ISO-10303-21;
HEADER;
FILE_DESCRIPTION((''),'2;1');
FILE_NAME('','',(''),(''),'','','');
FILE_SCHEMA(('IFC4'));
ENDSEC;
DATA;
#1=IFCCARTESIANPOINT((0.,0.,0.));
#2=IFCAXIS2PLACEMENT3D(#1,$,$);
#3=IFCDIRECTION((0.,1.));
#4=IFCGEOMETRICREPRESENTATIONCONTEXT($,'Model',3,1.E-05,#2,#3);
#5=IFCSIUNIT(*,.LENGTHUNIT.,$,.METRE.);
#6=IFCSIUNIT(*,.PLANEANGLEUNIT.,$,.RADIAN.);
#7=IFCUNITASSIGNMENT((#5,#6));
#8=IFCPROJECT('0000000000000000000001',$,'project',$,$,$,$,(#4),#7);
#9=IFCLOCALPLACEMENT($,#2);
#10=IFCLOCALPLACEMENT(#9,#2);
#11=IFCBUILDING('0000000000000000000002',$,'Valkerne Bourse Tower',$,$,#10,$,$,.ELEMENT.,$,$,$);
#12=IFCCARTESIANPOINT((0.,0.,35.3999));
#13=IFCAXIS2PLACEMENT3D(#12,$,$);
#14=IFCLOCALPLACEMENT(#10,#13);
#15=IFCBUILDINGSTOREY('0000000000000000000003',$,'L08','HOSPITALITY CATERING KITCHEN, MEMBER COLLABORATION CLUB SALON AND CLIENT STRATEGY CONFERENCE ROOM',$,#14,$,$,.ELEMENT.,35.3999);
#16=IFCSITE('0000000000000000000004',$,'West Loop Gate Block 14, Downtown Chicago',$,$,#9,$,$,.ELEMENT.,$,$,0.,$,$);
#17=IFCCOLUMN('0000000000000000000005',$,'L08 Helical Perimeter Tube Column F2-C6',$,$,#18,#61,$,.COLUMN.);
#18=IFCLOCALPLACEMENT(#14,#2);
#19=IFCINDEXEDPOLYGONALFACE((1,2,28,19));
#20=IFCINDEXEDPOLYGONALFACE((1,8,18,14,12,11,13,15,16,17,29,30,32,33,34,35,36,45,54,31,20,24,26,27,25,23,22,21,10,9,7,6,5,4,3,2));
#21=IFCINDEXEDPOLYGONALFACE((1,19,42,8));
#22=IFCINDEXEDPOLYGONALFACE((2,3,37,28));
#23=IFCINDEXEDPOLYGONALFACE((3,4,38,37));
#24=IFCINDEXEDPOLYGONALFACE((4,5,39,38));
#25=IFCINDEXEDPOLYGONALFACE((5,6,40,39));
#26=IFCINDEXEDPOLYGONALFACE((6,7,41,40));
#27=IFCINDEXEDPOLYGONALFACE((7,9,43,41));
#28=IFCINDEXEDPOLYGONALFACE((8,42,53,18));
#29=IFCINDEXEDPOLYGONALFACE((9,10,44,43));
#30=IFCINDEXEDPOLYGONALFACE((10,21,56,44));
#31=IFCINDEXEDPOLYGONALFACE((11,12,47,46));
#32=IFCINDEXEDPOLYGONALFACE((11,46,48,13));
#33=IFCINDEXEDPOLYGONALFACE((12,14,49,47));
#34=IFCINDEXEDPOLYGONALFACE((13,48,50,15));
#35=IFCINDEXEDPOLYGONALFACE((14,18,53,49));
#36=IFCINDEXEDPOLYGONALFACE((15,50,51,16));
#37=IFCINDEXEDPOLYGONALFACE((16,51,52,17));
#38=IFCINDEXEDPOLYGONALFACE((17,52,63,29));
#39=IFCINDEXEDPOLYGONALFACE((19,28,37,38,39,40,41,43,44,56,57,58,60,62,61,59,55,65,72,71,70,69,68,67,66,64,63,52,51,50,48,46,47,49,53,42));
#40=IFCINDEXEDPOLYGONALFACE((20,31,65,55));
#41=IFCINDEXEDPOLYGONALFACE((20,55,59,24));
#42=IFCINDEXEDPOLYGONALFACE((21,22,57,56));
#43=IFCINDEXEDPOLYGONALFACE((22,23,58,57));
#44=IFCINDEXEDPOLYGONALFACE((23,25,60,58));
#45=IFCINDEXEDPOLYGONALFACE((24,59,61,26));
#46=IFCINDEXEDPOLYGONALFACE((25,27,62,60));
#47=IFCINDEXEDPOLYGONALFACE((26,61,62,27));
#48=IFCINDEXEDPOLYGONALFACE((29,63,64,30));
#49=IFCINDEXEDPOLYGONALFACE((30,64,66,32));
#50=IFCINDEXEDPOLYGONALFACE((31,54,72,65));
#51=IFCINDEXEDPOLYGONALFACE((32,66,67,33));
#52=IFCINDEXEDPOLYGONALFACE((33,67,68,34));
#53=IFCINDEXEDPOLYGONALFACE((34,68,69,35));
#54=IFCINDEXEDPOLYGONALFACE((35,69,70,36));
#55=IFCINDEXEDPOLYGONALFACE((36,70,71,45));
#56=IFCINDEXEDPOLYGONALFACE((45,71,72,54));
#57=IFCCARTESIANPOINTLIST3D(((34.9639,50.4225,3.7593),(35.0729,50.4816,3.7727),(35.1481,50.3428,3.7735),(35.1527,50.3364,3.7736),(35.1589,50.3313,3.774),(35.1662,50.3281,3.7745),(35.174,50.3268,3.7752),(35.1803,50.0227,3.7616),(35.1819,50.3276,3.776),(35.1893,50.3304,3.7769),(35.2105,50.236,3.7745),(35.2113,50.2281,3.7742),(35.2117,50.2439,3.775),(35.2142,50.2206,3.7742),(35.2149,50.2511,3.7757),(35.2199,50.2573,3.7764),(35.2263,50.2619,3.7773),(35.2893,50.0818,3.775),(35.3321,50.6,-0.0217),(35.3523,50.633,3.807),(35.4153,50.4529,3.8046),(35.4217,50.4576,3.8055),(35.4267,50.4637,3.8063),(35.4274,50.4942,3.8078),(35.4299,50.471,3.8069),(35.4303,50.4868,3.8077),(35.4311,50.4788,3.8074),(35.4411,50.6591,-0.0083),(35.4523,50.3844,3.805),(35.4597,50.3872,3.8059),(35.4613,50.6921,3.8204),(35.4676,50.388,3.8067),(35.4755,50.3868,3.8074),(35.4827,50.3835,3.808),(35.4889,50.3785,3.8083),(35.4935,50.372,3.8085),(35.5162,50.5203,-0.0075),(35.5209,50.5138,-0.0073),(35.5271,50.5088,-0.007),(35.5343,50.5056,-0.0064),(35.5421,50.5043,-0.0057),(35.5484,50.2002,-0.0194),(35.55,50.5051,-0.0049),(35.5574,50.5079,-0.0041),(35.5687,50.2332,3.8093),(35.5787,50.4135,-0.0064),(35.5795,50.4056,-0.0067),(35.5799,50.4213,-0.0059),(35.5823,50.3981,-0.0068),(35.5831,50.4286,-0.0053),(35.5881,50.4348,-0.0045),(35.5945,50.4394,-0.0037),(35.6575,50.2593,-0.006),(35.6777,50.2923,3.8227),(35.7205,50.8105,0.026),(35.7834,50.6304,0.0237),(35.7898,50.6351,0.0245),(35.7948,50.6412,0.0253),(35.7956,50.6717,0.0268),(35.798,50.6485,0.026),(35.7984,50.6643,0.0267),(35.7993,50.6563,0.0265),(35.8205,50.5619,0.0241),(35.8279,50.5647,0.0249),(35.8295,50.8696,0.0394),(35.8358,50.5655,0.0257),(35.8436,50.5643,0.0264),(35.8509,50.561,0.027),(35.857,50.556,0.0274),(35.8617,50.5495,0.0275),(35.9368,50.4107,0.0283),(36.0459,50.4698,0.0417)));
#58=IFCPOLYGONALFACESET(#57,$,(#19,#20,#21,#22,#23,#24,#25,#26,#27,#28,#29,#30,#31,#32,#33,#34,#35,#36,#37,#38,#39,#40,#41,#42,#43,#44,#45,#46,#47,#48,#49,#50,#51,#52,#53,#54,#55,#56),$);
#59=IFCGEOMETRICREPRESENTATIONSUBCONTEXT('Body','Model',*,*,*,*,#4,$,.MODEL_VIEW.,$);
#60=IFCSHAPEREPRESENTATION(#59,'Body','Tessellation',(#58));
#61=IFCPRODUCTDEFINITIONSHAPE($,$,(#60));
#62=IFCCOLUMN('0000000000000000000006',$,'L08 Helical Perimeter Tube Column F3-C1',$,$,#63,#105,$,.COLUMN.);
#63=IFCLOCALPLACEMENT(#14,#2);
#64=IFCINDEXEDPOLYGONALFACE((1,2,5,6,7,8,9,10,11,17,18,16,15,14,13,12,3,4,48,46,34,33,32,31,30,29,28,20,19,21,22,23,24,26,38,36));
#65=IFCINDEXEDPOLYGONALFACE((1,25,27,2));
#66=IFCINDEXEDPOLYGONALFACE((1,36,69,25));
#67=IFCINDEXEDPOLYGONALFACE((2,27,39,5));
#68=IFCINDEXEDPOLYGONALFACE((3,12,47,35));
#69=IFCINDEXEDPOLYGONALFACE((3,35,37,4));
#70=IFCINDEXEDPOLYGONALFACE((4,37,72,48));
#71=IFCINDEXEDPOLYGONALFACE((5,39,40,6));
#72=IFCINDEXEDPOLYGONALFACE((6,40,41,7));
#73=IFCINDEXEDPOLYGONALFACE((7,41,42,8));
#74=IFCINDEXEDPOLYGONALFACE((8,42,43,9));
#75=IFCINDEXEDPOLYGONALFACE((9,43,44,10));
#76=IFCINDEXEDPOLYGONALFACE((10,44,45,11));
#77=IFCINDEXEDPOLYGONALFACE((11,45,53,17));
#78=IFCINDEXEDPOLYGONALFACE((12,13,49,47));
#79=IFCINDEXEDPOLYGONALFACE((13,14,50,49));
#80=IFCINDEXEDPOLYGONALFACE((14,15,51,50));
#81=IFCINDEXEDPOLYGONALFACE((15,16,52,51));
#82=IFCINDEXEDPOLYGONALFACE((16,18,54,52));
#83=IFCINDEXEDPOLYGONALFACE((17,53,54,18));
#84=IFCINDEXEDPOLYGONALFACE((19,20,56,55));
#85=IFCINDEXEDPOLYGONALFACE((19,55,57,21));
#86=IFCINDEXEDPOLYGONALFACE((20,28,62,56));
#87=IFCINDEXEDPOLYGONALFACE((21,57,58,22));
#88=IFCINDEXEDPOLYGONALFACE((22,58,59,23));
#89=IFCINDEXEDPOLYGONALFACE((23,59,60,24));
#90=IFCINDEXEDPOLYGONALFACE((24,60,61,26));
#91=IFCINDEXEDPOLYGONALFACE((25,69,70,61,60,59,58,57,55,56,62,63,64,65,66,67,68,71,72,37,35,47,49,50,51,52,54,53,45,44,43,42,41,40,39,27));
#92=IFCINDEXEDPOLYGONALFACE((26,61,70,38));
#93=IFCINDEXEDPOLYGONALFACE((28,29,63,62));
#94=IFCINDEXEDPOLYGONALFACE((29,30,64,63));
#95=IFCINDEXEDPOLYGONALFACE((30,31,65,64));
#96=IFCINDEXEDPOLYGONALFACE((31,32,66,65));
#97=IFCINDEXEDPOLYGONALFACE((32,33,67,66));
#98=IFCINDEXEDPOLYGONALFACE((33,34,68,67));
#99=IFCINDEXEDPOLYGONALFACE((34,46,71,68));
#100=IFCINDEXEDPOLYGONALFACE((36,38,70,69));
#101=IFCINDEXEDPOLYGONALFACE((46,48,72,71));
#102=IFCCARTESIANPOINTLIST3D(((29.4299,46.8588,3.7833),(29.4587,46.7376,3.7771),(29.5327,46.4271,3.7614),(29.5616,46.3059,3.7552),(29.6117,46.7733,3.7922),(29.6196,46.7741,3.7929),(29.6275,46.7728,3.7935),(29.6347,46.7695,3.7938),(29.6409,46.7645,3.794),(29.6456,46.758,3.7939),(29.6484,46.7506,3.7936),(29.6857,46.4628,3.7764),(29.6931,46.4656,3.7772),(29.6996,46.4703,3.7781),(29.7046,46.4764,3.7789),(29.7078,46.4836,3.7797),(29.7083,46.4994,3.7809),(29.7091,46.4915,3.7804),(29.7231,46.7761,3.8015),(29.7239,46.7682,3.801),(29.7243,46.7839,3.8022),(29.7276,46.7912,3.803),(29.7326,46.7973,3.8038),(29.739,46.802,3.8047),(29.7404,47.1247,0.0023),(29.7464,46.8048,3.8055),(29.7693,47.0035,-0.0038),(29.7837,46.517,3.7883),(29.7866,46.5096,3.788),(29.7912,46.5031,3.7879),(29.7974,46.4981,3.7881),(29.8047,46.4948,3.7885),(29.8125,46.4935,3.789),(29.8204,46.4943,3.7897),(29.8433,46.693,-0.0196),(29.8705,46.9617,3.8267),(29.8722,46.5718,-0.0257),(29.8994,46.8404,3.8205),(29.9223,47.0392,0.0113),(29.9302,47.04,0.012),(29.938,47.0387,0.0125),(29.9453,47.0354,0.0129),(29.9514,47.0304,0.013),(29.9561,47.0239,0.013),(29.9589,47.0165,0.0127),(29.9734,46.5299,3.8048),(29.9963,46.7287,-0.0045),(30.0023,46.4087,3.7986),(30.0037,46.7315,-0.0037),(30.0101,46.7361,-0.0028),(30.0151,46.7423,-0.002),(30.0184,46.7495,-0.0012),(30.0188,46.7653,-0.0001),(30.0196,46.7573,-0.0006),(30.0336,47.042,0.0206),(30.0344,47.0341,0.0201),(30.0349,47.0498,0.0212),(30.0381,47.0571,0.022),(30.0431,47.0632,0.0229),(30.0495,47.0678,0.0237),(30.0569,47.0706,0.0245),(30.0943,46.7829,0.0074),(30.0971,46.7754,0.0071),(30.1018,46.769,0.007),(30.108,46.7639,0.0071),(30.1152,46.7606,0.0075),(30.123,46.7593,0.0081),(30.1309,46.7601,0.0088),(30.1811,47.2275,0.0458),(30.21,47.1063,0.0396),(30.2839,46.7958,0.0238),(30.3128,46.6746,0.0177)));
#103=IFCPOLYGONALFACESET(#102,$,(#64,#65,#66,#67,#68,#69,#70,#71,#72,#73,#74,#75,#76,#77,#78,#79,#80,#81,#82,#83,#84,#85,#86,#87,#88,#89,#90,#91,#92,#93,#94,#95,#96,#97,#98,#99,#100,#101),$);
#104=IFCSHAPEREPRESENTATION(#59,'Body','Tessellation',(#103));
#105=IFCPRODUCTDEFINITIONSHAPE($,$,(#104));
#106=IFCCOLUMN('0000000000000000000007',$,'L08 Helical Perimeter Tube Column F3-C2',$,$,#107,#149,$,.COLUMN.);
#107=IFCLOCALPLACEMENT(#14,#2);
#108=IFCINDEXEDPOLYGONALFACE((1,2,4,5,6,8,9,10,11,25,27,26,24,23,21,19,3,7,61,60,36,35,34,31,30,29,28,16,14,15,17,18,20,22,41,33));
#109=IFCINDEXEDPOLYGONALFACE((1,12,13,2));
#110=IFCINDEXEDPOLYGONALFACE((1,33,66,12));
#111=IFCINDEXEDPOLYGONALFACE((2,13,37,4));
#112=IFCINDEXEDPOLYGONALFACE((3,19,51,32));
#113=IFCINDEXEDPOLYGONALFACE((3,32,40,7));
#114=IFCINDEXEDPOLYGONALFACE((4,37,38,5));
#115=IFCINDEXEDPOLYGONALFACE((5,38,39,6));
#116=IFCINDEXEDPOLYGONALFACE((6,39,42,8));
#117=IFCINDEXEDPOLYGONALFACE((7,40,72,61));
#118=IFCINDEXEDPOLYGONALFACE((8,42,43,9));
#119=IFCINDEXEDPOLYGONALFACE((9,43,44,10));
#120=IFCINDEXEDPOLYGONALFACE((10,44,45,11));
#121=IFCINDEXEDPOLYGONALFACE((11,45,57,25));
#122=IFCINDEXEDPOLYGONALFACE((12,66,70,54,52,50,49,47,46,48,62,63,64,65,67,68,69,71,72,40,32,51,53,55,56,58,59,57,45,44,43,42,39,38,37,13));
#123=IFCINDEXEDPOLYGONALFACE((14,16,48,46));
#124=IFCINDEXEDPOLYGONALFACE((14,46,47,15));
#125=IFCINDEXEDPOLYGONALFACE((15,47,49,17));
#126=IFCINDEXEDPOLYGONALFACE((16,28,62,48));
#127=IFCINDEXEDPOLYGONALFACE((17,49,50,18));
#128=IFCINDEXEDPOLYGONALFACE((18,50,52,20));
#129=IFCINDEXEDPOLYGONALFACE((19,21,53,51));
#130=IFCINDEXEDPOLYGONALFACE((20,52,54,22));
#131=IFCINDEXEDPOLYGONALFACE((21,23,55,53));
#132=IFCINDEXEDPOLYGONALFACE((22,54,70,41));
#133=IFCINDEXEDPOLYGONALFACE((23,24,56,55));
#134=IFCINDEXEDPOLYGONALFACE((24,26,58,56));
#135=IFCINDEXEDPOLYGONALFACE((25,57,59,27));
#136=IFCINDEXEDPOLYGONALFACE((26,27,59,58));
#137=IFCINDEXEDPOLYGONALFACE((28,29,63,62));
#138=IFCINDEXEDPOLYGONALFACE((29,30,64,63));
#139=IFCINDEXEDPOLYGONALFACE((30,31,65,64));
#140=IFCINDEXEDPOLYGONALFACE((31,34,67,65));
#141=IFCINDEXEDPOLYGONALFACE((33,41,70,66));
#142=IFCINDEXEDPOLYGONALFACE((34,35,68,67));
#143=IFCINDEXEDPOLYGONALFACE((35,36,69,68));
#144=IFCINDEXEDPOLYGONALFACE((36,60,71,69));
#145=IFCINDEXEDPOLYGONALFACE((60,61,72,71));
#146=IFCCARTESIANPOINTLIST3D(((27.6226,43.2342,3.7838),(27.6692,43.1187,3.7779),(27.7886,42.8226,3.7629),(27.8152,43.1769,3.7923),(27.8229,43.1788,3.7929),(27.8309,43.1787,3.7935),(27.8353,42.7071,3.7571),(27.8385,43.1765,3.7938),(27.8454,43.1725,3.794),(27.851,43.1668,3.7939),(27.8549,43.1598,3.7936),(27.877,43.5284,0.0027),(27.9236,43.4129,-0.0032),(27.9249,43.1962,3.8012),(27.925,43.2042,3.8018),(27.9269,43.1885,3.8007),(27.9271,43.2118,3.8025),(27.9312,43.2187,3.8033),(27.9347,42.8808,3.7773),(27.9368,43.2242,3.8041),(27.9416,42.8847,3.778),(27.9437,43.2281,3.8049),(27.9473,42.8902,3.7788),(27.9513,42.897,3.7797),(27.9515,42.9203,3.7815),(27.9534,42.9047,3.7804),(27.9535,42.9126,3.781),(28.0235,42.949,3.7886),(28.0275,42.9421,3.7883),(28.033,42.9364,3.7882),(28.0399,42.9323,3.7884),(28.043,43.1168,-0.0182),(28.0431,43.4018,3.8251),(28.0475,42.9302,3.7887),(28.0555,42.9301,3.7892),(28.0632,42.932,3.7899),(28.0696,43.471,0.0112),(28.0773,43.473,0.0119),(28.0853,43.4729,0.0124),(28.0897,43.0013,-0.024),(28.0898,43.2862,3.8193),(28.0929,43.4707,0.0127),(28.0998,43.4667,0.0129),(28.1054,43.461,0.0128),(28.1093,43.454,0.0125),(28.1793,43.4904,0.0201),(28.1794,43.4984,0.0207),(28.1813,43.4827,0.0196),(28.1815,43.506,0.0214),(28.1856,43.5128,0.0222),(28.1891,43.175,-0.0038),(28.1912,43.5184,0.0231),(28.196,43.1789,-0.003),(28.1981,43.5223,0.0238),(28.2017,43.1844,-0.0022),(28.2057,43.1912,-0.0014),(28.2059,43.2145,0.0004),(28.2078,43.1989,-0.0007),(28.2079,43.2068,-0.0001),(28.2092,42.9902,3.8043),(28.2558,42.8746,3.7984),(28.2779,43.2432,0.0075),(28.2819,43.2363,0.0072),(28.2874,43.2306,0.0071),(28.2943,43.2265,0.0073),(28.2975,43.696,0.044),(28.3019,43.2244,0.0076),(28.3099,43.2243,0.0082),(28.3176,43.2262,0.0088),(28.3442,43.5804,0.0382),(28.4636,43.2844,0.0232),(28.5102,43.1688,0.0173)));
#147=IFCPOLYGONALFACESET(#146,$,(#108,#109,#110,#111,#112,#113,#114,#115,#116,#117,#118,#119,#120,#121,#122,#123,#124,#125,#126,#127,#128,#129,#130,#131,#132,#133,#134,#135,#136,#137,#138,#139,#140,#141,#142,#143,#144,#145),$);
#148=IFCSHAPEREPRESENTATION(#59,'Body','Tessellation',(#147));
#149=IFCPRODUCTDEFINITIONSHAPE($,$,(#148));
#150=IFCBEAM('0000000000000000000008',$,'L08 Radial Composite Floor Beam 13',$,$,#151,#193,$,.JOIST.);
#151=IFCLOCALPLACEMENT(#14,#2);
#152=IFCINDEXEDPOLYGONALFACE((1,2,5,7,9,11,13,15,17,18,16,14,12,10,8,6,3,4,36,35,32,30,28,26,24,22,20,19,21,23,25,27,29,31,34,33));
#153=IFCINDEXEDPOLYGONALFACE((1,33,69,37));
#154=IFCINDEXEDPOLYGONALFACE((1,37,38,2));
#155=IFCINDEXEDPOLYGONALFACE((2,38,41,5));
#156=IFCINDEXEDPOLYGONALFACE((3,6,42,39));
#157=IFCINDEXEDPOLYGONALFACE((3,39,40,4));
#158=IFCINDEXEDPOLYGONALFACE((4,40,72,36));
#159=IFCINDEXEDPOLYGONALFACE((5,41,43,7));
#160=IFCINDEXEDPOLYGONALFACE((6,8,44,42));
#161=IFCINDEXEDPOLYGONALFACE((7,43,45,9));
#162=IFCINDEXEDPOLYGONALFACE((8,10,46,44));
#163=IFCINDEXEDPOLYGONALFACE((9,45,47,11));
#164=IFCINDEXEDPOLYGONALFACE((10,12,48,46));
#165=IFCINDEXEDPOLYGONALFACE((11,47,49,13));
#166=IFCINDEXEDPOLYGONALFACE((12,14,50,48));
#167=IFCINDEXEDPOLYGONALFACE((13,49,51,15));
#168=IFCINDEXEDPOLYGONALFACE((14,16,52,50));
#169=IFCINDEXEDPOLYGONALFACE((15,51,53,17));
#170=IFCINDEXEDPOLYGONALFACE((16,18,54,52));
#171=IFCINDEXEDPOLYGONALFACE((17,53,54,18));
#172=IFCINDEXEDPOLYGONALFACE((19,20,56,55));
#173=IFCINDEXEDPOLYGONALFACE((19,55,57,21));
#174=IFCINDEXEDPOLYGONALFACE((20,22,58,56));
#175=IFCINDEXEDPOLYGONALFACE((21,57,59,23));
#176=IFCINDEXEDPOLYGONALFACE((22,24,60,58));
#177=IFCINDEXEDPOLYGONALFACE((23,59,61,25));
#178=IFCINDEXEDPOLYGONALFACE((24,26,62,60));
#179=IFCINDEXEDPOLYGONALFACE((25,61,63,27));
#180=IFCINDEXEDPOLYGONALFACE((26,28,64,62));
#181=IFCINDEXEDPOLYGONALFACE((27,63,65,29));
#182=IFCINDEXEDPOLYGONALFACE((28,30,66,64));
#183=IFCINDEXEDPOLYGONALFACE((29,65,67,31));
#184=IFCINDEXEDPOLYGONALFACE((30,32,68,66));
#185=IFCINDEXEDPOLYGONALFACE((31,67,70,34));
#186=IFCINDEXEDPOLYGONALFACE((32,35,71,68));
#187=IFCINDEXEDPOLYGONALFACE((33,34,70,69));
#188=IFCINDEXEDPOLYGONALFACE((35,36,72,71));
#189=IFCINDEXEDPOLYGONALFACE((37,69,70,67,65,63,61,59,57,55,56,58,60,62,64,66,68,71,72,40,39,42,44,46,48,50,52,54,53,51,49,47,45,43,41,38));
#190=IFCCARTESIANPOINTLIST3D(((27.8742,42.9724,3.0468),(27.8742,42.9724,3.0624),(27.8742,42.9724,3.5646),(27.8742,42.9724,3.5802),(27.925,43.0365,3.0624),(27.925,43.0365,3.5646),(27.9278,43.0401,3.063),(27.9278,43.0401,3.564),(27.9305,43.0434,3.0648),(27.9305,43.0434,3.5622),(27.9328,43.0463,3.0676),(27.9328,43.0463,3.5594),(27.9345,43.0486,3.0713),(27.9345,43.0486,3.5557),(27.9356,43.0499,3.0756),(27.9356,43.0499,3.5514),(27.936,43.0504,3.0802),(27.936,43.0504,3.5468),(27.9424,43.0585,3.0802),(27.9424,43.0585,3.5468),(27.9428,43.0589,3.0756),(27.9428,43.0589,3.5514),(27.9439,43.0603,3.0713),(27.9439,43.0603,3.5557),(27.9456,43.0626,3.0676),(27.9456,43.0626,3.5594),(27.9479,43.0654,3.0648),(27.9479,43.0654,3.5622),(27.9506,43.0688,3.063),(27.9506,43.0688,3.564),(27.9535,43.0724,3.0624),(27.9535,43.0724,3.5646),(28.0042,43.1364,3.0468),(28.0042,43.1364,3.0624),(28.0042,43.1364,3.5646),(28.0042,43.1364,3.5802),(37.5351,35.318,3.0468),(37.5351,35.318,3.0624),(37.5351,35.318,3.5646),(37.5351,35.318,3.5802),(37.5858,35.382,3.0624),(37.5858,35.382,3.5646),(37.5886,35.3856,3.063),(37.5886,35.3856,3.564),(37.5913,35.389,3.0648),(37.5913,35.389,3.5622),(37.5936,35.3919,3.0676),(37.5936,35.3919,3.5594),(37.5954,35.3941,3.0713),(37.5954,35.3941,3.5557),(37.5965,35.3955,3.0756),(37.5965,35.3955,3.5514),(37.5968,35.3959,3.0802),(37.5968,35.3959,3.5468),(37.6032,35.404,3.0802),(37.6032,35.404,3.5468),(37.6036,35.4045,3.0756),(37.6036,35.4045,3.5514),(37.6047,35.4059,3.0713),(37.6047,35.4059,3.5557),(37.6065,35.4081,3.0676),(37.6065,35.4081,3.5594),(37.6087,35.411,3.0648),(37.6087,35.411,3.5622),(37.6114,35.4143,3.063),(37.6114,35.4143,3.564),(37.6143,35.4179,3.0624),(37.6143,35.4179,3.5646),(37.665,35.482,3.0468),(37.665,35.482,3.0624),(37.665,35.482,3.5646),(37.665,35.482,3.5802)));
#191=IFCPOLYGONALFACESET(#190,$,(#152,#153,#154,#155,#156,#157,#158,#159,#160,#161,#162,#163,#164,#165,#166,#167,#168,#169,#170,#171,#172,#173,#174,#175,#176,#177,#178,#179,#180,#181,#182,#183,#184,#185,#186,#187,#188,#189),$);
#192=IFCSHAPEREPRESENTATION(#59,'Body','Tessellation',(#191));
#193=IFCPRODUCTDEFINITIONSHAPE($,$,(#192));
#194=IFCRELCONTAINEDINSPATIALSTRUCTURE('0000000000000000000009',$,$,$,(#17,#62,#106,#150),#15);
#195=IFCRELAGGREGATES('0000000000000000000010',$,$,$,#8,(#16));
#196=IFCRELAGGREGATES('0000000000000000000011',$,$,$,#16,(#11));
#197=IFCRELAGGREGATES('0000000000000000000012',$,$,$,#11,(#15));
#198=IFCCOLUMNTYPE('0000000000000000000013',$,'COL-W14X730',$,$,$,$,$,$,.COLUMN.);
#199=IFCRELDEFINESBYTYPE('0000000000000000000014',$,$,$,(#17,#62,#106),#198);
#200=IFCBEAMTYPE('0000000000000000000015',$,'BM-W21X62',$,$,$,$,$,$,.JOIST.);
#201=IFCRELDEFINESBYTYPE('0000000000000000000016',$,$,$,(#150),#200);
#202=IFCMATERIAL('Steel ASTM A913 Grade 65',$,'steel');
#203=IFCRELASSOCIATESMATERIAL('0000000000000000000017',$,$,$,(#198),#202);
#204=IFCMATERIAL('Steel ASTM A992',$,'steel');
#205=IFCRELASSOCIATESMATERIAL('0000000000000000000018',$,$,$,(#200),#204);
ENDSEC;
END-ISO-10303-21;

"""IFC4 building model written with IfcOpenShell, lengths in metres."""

from ifc_helpers import new_model, si_unit, direction, frame, origin, origin_2d, place, context, subcontext, project, spatial, i_section, extrude, material, material_profile, profile_set, type_object, element, save


model = new_model("IFC4")

# Units and contexts
model_context = context("Model", 3, precision=1e-05, world=origin(), true_north=direction((0.0, 1.0)))
body_context = subcontext(model_context, "Body", "Model", "MODEL_VIEW")
ifc_project = project(units=[si_unit("LENGTHUNIT", "METRE"), si_unit("PLANEANGLEUNIT", "RADIAN")], contexts=[model_context])

# Site, building, storey
site_placement = place(None, origin())
site = spatial("IfcSite", under=ifc_project, at=site_placement, Name="West Loop Gate Block 14, Downtown Chicago", CompositionType="ELEMENT", RefElevation=0.0)
building_placement = place(site_placement, origin())
building = spatial("IfcBuilding", under=site, at=building_placement, Name="Valkerne Bourse Tower", CompositionType="ELEMENT")
storey_placement = place(building_placement, frame((0.0, 0.0, 35.3999)))
storey = spatial("IfcBuildingStorey", under=building, at=storey_placement, Name="L08", Description="HOSPITALITY CATERING KITCHEN, MEMBER COLLABORATION CLUB SALON AND CLIENT STRATEGY CONFERENCE ROOM", CompositionType="ELEMENT", Elevation=35.3999)

# Columns
ifc_material_1 = material(Name="Steel ASTM A913 Grade 65", Category="steel")
ifc_material_profile_1 = material_profile(ifc_material_1, i_section(OverallWidth=0.4546, OverallDepth=0.5691, WebThickness=0.0779, FlangeThickness=0.1248, FilletRadius=0.0305, at=origin_2d()), Name="W14X730")
ifc_profile_set_1 = profile_set([ifc_material_profile_1], Name="Steel ASTM A913 Grade 65")
column_type = type_object("IfcColumnType", Name="COL-W14X730", PredefinedType="COLUMN", material=ifc_profile_set_1)
for number, where, z_axis, x_axis, name in (
    (1, (35.689, 50.5349, 0.01), (-0.096808, -0.046671, 0.994208), (-0.47597, 0.879447, -0.005063), "L08 Helical Perimeter Tube Column F2-C6"),
    (2, (30.0266, 46.8997, 0.01), (-0.081657, -0.06991, 0.994206), (-0.969396, -0.226156, -0.095522), "L08 Helical Perimeter Tube Column F3-C1"),
):
    element("IfcColumn", number, at=place(storey_placement, frame(where, z_axis=z_axis, x_axis=x_axis)), inside=storey, type_object=column_type, Name=name, PredefinedType="COLUMN", context=body_context, shape_type="SweptSolid", body=[
        extrude(i_section(OverallWidth=0.4546, OverallDepth=0.5691, WebThickness=0.0779, FlangeThickness=0.1248, FilletRadius=0.0305, at=origin_2d()), origin(), (0.0, 0.0, 1.0), 3.803),
    ])
column_placement = place(storey_placement, frame((28.1936, 43.3486, 0.01), z_axis=(-0.066929, -0.077399, 0.994751), x_axis=(-0.925117, -0.368634, -0.090926)))
element("IfcColumn", 3, at=column_placement, inside=storey, type_object=column_type, Name="L08 Helical Perimeter Tube Column F3-C2", PredefinedType="COLUMN", context=body_context, shape_type="SweptSolid", body=[
    extrude(i_section(OverallWidth=0.4546, OverallDepth=0.5691, WebThickness=0.0779, FlangeThickness=0.1248, FilletRadius=0.0305, at=origin_2d()), origin(), (0.0, 0.0, 1.0), 3.801),
])

# Beam
ifc_material_2 = material(Name="Steel ASTM A992", Category="steel")
ifc_material_profile_2 = material_profile(ifc_material_2, i_section(OverallWidth=0.2092, OverallDepth=0.5334, WebThickness=0.0103, FlangeThickness=0.0156, FilletRadius=0.0178, at=origin_2d()), Name="W21X62")
ifc_profile_set_2 = profile_set([ifc_material_profile_2], Name="Steel ASTM A992")
beam_type_1 = type_object("IfcBeamType", Name="BM-W21X62", PredefinedType="JOIST", material=ifc_profile_set_2)
beam_1_placement = place(storey_placement, frame((27.9392, 43.0544, 3.3135), z_axis=(0.783796, -0.621019, 0.0), x_axis=(0.621019, 0.783796, 0.0)))
element("IfcBeam", 4, at=beam_1_placement, inside=storey, type_object=beam_type_1, Name="L08 Radial Composite Floor Beam 13", PredefinedType="JOIST", context=body_context, shape_type="SweptSolid", body=[
    extrude(i_section(OverallWidth=0.2092, OverallDepth=0.5334, WebThickness=0.0103, FlangeThickness=0.0156, FilletRadius=0.0178, at=origin_2d()), origin(), (0.0, 0.0, 1.0), 12.3257),
])

save(model, "model.ifc")
